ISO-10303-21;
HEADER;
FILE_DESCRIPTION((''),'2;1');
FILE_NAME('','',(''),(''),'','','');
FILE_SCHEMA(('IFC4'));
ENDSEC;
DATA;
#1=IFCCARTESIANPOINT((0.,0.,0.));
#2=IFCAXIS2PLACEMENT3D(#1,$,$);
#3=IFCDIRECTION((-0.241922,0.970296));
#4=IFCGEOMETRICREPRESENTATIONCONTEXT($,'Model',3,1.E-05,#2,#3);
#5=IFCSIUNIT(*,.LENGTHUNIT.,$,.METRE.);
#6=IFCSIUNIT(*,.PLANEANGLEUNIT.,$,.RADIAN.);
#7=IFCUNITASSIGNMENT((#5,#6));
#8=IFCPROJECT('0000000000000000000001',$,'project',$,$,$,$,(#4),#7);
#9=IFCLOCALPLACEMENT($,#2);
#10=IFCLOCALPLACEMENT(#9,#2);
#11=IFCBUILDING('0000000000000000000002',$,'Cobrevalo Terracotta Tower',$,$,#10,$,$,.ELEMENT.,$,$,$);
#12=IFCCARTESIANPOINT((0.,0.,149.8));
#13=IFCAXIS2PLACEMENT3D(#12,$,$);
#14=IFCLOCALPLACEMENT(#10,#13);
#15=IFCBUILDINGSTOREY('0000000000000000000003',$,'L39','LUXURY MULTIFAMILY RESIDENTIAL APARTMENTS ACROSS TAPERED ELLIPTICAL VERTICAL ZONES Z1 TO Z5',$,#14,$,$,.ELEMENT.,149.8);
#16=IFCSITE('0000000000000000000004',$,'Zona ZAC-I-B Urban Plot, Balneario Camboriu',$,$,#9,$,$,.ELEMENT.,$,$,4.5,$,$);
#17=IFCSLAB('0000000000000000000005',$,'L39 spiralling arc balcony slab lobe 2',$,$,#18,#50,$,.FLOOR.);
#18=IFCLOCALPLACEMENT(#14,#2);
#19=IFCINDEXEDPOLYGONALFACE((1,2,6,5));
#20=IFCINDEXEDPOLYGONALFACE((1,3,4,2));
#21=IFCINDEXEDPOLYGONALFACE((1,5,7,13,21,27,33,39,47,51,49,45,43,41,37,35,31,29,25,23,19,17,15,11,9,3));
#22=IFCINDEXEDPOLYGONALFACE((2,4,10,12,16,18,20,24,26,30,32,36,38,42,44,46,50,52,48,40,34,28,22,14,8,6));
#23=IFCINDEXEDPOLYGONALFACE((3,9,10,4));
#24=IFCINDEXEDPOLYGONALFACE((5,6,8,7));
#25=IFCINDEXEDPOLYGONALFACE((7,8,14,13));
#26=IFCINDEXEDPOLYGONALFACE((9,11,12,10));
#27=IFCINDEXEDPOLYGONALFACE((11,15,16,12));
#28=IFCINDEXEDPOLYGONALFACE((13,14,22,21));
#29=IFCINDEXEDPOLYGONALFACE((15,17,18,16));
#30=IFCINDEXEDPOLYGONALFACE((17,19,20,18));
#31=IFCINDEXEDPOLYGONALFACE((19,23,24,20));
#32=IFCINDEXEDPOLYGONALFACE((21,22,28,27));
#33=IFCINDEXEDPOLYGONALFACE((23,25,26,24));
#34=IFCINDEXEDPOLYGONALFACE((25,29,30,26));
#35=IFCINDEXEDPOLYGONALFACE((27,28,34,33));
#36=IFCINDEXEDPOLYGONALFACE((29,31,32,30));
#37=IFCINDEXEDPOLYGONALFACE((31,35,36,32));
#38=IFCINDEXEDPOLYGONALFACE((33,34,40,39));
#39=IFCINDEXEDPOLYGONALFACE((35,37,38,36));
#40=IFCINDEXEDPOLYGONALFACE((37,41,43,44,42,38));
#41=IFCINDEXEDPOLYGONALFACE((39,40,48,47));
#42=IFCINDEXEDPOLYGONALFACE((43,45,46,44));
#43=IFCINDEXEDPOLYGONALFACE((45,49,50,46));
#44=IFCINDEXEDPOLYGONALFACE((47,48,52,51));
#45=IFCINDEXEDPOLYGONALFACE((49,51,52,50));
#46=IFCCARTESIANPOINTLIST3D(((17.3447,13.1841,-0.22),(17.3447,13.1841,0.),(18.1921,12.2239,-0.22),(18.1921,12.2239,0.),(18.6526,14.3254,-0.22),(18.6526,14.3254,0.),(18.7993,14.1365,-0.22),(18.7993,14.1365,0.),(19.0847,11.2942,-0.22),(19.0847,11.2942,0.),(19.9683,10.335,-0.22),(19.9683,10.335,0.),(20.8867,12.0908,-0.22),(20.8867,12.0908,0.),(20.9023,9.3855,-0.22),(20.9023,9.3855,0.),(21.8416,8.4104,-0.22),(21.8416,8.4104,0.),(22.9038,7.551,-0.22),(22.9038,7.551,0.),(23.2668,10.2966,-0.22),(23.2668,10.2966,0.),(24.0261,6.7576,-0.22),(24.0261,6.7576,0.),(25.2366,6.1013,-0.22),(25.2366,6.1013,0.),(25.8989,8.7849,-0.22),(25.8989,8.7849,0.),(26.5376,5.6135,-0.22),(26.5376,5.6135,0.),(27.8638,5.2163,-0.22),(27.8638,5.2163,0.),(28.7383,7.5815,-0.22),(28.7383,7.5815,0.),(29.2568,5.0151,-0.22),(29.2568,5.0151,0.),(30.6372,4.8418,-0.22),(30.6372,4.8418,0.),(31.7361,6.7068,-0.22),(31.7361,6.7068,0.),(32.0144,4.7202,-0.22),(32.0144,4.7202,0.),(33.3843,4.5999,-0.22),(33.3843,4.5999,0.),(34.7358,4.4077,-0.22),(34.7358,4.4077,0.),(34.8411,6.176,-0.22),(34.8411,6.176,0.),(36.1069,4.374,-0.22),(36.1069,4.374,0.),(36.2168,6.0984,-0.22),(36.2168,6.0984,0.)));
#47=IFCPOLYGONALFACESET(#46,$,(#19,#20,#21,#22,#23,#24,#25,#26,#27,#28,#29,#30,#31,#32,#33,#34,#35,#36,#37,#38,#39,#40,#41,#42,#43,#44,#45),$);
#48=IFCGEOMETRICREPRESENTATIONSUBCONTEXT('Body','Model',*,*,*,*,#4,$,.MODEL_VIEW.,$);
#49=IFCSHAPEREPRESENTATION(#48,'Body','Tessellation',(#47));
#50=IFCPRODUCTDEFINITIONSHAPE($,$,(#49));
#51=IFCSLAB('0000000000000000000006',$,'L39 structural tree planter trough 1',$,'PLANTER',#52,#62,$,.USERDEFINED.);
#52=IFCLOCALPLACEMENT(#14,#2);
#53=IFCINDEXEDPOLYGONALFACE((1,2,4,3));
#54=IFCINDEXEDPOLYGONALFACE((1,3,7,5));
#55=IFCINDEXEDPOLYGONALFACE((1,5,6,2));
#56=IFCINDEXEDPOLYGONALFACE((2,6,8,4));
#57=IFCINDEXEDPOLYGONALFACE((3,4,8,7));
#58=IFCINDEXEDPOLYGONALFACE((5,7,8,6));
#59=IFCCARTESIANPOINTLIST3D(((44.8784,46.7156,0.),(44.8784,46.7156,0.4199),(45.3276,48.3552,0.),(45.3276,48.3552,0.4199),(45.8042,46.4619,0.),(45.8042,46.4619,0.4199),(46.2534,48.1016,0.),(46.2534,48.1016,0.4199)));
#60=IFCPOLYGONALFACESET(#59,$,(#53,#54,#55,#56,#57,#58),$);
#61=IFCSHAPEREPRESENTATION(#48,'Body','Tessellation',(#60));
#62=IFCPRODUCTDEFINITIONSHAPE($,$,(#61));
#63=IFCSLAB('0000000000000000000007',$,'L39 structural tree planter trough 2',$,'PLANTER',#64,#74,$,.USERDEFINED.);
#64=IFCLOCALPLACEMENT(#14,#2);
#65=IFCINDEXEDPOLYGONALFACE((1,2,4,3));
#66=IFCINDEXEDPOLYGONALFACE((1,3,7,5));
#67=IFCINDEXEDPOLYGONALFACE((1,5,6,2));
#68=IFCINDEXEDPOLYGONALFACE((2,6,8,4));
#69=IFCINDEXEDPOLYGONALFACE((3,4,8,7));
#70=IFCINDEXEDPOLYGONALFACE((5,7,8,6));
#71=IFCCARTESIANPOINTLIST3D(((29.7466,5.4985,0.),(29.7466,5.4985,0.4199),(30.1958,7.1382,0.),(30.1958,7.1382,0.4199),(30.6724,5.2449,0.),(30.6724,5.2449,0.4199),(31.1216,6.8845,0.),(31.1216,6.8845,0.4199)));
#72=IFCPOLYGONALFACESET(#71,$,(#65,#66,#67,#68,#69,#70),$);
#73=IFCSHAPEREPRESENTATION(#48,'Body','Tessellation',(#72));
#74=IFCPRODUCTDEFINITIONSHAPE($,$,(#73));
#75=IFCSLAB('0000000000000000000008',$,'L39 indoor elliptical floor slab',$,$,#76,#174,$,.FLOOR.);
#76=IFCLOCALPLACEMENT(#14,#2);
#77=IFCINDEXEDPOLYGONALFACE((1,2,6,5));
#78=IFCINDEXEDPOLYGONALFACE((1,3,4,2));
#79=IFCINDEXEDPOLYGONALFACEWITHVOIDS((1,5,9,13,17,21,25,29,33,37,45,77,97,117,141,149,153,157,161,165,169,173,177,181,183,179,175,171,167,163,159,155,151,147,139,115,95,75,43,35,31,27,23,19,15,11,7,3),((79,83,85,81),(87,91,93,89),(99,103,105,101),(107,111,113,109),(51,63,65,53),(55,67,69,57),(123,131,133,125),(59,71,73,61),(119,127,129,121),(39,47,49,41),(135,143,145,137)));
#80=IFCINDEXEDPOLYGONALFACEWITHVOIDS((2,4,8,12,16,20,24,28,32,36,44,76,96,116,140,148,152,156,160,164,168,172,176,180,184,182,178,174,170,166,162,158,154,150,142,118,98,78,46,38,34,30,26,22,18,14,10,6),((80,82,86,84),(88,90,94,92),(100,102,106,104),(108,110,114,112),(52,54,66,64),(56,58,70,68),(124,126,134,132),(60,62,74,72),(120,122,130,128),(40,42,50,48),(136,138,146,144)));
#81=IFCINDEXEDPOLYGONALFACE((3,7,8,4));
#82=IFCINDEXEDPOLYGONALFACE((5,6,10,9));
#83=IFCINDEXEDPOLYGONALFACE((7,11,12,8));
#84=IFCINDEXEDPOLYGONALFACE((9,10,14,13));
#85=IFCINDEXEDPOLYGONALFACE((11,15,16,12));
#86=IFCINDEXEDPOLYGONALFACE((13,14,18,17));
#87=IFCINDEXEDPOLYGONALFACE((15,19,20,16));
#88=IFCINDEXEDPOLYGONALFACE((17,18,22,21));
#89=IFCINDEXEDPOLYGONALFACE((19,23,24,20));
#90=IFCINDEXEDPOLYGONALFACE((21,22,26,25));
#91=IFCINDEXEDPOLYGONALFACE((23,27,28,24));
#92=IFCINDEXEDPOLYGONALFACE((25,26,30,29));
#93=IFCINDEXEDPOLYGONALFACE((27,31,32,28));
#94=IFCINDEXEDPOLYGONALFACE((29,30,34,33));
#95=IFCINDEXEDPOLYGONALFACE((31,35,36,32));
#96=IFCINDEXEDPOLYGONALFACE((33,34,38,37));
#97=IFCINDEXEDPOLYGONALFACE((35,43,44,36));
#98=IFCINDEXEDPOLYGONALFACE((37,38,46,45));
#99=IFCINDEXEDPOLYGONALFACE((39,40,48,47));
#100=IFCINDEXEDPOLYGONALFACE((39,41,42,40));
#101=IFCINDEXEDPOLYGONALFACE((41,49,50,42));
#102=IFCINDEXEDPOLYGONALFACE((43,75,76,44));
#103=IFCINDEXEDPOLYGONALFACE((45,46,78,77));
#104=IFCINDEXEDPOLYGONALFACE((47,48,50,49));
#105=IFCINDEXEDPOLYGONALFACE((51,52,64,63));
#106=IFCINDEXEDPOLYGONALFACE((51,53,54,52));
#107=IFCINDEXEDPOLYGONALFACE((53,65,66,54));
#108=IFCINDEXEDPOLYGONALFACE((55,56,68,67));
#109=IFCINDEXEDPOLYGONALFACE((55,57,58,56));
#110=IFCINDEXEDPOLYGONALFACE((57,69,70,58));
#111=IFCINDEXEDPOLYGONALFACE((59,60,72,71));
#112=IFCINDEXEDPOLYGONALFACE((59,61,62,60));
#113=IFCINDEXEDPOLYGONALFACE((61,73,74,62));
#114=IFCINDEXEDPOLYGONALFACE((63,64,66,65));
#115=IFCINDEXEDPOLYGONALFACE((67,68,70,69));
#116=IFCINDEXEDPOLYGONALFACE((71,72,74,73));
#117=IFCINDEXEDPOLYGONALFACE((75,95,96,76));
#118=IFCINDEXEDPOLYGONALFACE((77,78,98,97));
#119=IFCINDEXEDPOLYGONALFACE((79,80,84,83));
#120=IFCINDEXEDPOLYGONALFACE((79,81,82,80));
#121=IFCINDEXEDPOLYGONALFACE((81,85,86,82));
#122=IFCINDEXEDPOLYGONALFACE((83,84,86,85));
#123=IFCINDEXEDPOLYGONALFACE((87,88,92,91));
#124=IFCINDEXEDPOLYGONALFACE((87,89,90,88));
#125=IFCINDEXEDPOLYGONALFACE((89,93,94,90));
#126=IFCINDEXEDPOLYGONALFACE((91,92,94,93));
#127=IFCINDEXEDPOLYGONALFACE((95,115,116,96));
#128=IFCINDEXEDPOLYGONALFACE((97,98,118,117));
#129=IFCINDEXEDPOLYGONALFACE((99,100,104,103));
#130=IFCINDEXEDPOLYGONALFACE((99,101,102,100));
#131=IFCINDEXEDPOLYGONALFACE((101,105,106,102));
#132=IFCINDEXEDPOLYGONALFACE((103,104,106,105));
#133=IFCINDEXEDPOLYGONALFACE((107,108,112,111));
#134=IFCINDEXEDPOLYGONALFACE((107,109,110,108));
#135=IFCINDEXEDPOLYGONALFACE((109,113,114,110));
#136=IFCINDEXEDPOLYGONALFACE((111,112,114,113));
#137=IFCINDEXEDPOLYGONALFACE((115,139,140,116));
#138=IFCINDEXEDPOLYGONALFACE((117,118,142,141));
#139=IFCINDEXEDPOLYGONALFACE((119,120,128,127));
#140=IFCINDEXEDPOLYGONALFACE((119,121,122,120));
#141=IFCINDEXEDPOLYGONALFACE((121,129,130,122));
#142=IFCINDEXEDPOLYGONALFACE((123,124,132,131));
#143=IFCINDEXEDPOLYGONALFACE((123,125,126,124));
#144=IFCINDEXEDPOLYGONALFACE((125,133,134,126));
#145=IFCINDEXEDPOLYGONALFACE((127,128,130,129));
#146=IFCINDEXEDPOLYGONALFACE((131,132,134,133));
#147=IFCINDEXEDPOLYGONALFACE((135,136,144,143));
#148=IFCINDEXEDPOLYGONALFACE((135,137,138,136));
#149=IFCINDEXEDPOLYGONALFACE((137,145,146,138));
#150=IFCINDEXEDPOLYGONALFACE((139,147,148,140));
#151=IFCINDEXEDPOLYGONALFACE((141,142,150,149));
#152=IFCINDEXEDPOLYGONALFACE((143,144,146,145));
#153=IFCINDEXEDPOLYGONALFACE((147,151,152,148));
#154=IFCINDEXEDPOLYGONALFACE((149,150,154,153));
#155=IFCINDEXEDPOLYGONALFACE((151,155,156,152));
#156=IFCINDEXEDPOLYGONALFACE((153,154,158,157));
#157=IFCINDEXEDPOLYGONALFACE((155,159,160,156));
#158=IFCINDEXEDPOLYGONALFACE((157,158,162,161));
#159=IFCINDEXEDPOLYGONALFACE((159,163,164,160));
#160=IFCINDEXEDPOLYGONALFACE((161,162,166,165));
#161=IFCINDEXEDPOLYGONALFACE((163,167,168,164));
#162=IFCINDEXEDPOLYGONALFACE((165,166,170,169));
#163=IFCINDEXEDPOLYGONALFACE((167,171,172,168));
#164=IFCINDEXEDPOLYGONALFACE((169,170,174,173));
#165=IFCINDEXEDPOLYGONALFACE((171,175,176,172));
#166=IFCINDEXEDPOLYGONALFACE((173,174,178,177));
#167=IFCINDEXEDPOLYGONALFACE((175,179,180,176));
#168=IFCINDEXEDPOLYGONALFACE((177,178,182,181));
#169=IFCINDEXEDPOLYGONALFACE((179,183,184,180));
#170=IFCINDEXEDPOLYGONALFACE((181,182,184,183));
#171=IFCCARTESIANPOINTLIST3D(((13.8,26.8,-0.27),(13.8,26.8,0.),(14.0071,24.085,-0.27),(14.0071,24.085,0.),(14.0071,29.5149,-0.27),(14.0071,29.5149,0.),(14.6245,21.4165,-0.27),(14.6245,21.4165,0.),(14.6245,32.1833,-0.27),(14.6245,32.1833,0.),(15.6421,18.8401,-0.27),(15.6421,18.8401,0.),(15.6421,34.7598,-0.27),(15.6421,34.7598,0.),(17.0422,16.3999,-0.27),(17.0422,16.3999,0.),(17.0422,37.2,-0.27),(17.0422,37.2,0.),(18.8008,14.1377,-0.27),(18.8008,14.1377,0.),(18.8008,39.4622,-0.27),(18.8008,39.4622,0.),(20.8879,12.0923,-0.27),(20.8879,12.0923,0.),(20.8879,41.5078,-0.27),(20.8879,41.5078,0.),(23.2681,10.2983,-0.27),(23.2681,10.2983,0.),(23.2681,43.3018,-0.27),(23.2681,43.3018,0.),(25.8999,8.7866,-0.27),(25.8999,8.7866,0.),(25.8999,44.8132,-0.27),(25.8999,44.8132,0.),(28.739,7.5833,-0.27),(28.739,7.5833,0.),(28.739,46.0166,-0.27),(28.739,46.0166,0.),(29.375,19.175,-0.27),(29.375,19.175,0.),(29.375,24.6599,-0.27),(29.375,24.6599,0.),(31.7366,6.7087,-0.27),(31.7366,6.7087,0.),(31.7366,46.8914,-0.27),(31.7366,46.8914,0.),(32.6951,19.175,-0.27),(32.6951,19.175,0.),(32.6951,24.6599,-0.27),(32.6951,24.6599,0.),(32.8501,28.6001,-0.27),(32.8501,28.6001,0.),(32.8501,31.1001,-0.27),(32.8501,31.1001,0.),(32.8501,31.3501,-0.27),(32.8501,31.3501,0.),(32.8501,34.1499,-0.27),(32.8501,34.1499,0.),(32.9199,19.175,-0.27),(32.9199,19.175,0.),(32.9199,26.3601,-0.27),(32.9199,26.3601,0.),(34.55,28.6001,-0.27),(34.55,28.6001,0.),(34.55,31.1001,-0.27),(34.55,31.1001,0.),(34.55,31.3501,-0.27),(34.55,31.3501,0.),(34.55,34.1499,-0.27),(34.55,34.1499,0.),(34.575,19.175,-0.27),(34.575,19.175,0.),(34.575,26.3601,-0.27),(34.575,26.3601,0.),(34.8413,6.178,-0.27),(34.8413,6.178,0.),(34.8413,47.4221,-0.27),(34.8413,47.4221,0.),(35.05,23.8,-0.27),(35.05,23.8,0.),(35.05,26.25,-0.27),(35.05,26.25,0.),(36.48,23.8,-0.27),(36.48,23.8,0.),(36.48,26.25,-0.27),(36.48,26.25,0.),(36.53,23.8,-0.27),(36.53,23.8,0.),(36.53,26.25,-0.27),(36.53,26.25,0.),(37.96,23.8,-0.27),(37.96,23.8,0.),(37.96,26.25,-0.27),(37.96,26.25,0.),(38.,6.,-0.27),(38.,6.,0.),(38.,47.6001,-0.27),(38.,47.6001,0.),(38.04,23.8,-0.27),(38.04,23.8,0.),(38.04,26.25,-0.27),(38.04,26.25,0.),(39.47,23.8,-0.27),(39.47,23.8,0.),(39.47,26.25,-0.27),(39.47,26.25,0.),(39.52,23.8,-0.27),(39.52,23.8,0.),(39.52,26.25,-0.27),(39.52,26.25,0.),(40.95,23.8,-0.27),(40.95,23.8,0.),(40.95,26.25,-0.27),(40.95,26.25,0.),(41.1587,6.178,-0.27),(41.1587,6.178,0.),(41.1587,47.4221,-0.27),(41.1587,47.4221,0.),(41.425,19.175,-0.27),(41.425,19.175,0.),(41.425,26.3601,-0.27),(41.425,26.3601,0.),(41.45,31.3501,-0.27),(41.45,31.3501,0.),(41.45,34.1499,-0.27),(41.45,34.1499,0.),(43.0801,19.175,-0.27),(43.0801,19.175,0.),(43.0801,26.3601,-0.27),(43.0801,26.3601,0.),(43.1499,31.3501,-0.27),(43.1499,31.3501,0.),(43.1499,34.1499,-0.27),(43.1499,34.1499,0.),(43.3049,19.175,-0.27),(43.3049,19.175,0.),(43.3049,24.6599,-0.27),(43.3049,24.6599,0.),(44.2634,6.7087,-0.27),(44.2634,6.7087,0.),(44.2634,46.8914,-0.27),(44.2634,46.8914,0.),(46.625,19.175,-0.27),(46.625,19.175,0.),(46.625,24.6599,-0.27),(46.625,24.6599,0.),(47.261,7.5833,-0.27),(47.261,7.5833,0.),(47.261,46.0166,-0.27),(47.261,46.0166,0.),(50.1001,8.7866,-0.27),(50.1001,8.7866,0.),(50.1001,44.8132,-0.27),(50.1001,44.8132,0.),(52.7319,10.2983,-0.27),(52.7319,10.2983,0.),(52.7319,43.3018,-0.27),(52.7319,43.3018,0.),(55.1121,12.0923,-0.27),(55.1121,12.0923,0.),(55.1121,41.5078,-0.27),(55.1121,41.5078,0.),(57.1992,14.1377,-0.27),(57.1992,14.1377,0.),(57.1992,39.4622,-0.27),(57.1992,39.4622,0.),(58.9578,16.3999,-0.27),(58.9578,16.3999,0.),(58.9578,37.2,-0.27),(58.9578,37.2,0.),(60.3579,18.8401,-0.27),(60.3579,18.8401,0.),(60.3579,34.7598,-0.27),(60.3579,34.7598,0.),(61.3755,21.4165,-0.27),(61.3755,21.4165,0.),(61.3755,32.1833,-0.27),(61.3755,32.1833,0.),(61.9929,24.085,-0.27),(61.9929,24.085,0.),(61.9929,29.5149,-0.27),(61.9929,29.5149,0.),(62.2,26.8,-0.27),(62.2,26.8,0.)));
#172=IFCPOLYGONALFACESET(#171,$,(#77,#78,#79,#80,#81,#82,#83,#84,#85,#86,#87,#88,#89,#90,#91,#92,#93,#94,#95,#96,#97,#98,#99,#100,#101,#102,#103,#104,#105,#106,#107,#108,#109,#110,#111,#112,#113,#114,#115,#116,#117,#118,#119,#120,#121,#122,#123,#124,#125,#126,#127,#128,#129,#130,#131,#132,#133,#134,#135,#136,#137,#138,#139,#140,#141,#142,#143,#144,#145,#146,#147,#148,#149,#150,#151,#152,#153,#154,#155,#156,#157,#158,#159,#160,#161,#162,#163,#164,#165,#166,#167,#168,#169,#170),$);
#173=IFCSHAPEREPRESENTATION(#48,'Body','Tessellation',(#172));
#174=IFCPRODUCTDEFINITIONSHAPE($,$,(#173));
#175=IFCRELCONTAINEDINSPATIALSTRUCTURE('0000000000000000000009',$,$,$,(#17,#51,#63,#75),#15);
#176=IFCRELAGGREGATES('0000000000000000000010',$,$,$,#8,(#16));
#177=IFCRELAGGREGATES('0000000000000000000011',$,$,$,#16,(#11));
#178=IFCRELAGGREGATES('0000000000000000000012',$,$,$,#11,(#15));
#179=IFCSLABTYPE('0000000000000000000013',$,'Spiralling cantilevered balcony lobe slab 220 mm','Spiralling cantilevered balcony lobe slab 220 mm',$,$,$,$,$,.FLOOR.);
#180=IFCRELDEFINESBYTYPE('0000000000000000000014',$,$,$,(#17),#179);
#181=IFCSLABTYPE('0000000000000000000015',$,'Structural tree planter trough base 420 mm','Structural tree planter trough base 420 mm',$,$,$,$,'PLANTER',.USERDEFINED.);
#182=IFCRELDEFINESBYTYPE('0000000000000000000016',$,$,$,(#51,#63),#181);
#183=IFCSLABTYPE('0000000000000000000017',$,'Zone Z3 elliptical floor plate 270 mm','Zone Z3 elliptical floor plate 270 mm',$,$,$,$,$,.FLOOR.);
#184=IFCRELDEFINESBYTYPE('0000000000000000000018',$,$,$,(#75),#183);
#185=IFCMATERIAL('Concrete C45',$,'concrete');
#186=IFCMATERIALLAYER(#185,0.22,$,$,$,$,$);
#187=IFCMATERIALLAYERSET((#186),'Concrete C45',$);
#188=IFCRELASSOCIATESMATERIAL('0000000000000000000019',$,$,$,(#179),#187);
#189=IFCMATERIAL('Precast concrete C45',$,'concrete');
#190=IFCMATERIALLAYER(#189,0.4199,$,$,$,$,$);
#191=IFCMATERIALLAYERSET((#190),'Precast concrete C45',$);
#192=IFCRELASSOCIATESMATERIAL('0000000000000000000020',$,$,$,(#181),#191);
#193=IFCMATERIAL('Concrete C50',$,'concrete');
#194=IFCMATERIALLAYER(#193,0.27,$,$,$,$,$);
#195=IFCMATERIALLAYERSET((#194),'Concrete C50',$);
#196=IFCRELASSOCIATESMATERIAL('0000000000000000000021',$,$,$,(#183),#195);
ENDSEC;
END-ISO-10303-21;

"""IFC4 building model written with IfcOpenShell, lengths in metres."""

from ifc_helpers import new_model, si_unit, direction, frame, origin, place, context, subcontext, project, spatial, polyline, outline, extrude, material, layer, layer_set, type_object, element, save


model = new_model("IFC4")

# Units and contexts
model_context = context("Model", 3, precision=1e-05, world=origin(), true_north=direction((-0.241922, 0.970296)))
body_context = subcontext(model_context, "Body", "Model", "MODEL_VIEW")
ifc_project = project(units=[si_unit("LENGTHUNIT", "METRE"), si_unit("PLANEANGLEUNIT", "RADIAN")], contexts=[model_context])

# Site, building, storey
site_placement = place(None, origin())
site = spatial("IfcSite", under=ifc_project, at=site_placement, Name="Zona ZAC-I-B Urban Plot, Balneario Camboriu", CompositionType="ELEMENT", RefElevation=4.5)
building_placement = place(site_placement, origin())
building = spatial("IfcBuilding", under=site, at=building_placement, Name="Cobrevalo Terracotta Tower", CompositionType="ELEMENT")
storey_placement = place(building_placement, frame((0.0, 0.0, 149.8)))
storey = spatial("IfcBuildingStorey", under=building, at=storey_placement, Name="L39", Description="LUXURY MULTIFAMILY RESIDENTIAL APARTMENTS ACROSS TAPERED ELLIPTICAL VERTICAL ZONES Z1 TO Z5", CompositionType="ELEMENT", Elevation=149.8)

# Shared definitions
ifc_material_1 = material(Name="Concrete C50", Category="concrete")

# Slabs
ifc_material_2 = material(Name="Concrete C45", Category="concrete")
ifc_layer_1 = layer(ifc_material_2, 0.22)
ifc_layer_set_1 = layer_set([ifc_layer_1], Name="Concrete C45")
slab_type_1 = type_object("IfcSlabType", Name="Spiralling cantilevered balcony lobe slab 220 mm", Description="Spiralling cantilevered balcony lobe slab 220 mm", PredefinedType="FLOOR", material=ifc_layer_set_1)
slab_1_placement = place(storey_placement, frame((0.0, 0.0, -0.22)))
element("IfcSlab", 1, at=slab_1_placement, inside=storey, type_object=slab_type_1, Name="L39 spiralling arc balcony slab lobe 2", PredefinedType="FLOOR", context=body_context, shape_type="SweptSolid", body=[
    extrude(outline(polyline([(17.3447, 13.1841), (18.1921, 12.2239), (19.0847, 11.2942), (19.9683, 10.335), (20.9023, 9.3855), (21.8416, 8.4104), (22.9038, 7.551), (24.0261, 6.7576), (25.2366, 6.1013), (26.5376, 5.6135), (27.8638, 5.2163), (29.2568, 5.0151), (30.6372, 4.8418), (32.0144, 4.7202), (33.3843, 4.5999), (34.7358, 4.4077), (36.1069, 4.374), (36.2168, 6.0984), (34.8411, 6.176), (31.7361, 6.7068), (28.7383, 7.5815), (25.8989, 8.7849), (23.2668, 10.2966), (20.8867, 12.0908), (18.7993, 14.1365), (18.6526, 14.3254), (17.3447, 13.1841)])), origin(), (0.0, 0.0, 1.0), 0.22),
])
ifc_material_3 = material(Name="Precast concrete C45", Category="concrete")
ifc_layer_2 = layer(ifc_material_3, 0.4199)
ifc_layer_set_2 = layer_set([ifc_layer_2], Name="Precast concrete C45")
slab_type_2 = type_object("IfcSlabType", Name="Structural tree planter trough base 420 mm", Description="Structural tree planter trough base 420 mm", ElementType="PLANTER", PredefinedType="USERDEFINED", material=ifc_layer_set_2)
slab_2_placement = place(storey_placement, origin())
element("IfcSlab", 2, at=slab_2_placement, inside=storey, type_object=slab_type_2, Name="L39 structural tree planter trough 1", ObjectType="PLANTER", PredefinedType="USERDEFINED", context=body_context, shape_type="SweptSolid", body=[
    extrude(outline(polyline([(45.8042, 46.4619), (46.2534, 48.1016), (45.3276, 48.3552), (44.8784, 46.7156), (45.8042, 46.4619)])), origin(), (0.0, 0.0, 1.0), 0.4199),
])
slab_3_placement = place(storey_placement, origin())
element("IfcSlab", 3, at=slab_3_placement, inside=storey, type_object=slab_type_2, Name="L39 structural tree planter trough 2", ObjectType="PLANTER", PredefinedType="USERDEFINED", context=body_context, shape_type="SweptSolid", body=[
    extrude(outline(polyline([(30.1958, 7.1382), (29.7466, 5.4985), (30.6724, 5.2449), (31.1216, 6.8845), (30.1958, 7.1382)])), origin(), (0.0, 0.0, 1.0), 0.4199),
])
ifc_layer_3 = layer(ifc_material_1, 0.27)
ifc_layer_set_3 = layer_set([ifc_layer_3], Name="Concrete C50")
slab_type_3 = type_object("IfcSlabType", Name="Zone Z3 elliptical floor plate 270 mm", Description="Zone Z3 elliptical floor plate 270 mm", PredefinedType="FLOOR", material=ifc_layer_set_3)
slab_4_placement = place(storey_placement, frame((0.0, 0.0, -0.27)))
element("IfcSlab", 4, at=slab_4_placement, inside=storey, type_object=slab_type_3, Name="L39 indoor elliptical floor slab", PredefinedType="FLOOR", context=body_context, shape_type="SweptSolid", body=[
    extrude(outline(polyline([(61.9929, 24.085), (61.3755, 21.4165), (60.3579, 18.8401), (58.9578, 16.3999), (57.1992, 14.1377), (55.1121, 12.0923), (52.7319, 10.2983), (50.1001, 8.7866), (47.261, 7.5833), (44.2634, 6.7087), (41.1587, 6.178), (38.0, 6.0), (34.8413, 6.178), (31.7366, 6.7087), (28.739, 7.5833), (25.8999, 8.7866), (23.2681, 10.2983), (20.8879, 12.0923), (18.8008, 14.1377), (17.0422, 16.3999), (15.6421, 18.8401), (14.6245, 21.4165), (14.0071, 24.085), (13.8, 26.8), (14.0071, 29.5149), (14.6245, 32.1833), (15.6421, 34.7598), (17.0422, 37.2), (18.8008, 39.4622), (20.8879, 41.5078), (23.2681, 43.3018), (25.8999, 44.8132), (28.739, 46.0166), (31.7366, 46.8914), (34.8413, 47.4221), (38.0, 47.6001), (41.1587, 47.4221), (44.2634, 46.8914), (47.261, 46.0166), (50.1001, 44.8132), (52.7319, 43.3018), (55.1121, 41.5078), (57.1992, 39.4622), (58.9578, 37.2), (60.3579, 34.7598), (61.3755, 32.1833), (61.9929, 29.5149), (62.2, 26.8), (61.9929, 24.085)]), holes=[polyline([(32.6951, 19.175), (32.6951, 24.6599), (29.375, 24.6599), (29.375, 19.175), (32.6951, 19.175)]), polyline([(34.575, 26.3601), (32.9199, 26.3601), (32.9199, 19.175), (34.575, 19.175), (34.575, 26.3601)]), polyline([(36.48, 26.25), (35.05, 26.25), (35.05, 23.8), (36.48, 23.8), (36.48, 26.25)]), polyline([(37.96, 23.8), (37.96, 26.25), (36.53, 26.25), (36.53, 23.8), (37.96, 23.8)]), polyline([(34.55, 28.6001), (34.55, 31.1001), (32.8501, 31.1001), (32.8501, 28.6001), (34.55, 28.6001)]), polyline([(34.55, 34.1499), (32.8501, 34.1499), (32.8501, 31.3501), (34.55, 31.3501), (34.55, 34.1499)]), polyline([(43.3049, 19.175), (46.625, 19.175), (46.625, 24.6599), (43.3049, 24.6599), (43.3049, 19.175)]), polyline([(43.0801, 19.175), (43.0801, 26.3601), (41.425, 26.3601), (41.425, 19.175), (43.0801, 19.175)]), polyline([(39.47, 26.25), (38.04, 26.25), (38.04, 23.8), (39.47, 23.8), (39.47, 26.25)]), polyline([(40.95, 23.8), (40.95, 26.25), (39.52, 26.25), (39.52, 23.8), (40.95, 23.8)]), polyline([(43.1499, 31.3501), (43.1499, 34.1499), (41.45, 34.1499), (41.45, 31.3501), (43.1499, 31.3501)])]), origin(), (0.0, 0.0, 1.0), 0.27),
])

save(model, "model.ifc")
